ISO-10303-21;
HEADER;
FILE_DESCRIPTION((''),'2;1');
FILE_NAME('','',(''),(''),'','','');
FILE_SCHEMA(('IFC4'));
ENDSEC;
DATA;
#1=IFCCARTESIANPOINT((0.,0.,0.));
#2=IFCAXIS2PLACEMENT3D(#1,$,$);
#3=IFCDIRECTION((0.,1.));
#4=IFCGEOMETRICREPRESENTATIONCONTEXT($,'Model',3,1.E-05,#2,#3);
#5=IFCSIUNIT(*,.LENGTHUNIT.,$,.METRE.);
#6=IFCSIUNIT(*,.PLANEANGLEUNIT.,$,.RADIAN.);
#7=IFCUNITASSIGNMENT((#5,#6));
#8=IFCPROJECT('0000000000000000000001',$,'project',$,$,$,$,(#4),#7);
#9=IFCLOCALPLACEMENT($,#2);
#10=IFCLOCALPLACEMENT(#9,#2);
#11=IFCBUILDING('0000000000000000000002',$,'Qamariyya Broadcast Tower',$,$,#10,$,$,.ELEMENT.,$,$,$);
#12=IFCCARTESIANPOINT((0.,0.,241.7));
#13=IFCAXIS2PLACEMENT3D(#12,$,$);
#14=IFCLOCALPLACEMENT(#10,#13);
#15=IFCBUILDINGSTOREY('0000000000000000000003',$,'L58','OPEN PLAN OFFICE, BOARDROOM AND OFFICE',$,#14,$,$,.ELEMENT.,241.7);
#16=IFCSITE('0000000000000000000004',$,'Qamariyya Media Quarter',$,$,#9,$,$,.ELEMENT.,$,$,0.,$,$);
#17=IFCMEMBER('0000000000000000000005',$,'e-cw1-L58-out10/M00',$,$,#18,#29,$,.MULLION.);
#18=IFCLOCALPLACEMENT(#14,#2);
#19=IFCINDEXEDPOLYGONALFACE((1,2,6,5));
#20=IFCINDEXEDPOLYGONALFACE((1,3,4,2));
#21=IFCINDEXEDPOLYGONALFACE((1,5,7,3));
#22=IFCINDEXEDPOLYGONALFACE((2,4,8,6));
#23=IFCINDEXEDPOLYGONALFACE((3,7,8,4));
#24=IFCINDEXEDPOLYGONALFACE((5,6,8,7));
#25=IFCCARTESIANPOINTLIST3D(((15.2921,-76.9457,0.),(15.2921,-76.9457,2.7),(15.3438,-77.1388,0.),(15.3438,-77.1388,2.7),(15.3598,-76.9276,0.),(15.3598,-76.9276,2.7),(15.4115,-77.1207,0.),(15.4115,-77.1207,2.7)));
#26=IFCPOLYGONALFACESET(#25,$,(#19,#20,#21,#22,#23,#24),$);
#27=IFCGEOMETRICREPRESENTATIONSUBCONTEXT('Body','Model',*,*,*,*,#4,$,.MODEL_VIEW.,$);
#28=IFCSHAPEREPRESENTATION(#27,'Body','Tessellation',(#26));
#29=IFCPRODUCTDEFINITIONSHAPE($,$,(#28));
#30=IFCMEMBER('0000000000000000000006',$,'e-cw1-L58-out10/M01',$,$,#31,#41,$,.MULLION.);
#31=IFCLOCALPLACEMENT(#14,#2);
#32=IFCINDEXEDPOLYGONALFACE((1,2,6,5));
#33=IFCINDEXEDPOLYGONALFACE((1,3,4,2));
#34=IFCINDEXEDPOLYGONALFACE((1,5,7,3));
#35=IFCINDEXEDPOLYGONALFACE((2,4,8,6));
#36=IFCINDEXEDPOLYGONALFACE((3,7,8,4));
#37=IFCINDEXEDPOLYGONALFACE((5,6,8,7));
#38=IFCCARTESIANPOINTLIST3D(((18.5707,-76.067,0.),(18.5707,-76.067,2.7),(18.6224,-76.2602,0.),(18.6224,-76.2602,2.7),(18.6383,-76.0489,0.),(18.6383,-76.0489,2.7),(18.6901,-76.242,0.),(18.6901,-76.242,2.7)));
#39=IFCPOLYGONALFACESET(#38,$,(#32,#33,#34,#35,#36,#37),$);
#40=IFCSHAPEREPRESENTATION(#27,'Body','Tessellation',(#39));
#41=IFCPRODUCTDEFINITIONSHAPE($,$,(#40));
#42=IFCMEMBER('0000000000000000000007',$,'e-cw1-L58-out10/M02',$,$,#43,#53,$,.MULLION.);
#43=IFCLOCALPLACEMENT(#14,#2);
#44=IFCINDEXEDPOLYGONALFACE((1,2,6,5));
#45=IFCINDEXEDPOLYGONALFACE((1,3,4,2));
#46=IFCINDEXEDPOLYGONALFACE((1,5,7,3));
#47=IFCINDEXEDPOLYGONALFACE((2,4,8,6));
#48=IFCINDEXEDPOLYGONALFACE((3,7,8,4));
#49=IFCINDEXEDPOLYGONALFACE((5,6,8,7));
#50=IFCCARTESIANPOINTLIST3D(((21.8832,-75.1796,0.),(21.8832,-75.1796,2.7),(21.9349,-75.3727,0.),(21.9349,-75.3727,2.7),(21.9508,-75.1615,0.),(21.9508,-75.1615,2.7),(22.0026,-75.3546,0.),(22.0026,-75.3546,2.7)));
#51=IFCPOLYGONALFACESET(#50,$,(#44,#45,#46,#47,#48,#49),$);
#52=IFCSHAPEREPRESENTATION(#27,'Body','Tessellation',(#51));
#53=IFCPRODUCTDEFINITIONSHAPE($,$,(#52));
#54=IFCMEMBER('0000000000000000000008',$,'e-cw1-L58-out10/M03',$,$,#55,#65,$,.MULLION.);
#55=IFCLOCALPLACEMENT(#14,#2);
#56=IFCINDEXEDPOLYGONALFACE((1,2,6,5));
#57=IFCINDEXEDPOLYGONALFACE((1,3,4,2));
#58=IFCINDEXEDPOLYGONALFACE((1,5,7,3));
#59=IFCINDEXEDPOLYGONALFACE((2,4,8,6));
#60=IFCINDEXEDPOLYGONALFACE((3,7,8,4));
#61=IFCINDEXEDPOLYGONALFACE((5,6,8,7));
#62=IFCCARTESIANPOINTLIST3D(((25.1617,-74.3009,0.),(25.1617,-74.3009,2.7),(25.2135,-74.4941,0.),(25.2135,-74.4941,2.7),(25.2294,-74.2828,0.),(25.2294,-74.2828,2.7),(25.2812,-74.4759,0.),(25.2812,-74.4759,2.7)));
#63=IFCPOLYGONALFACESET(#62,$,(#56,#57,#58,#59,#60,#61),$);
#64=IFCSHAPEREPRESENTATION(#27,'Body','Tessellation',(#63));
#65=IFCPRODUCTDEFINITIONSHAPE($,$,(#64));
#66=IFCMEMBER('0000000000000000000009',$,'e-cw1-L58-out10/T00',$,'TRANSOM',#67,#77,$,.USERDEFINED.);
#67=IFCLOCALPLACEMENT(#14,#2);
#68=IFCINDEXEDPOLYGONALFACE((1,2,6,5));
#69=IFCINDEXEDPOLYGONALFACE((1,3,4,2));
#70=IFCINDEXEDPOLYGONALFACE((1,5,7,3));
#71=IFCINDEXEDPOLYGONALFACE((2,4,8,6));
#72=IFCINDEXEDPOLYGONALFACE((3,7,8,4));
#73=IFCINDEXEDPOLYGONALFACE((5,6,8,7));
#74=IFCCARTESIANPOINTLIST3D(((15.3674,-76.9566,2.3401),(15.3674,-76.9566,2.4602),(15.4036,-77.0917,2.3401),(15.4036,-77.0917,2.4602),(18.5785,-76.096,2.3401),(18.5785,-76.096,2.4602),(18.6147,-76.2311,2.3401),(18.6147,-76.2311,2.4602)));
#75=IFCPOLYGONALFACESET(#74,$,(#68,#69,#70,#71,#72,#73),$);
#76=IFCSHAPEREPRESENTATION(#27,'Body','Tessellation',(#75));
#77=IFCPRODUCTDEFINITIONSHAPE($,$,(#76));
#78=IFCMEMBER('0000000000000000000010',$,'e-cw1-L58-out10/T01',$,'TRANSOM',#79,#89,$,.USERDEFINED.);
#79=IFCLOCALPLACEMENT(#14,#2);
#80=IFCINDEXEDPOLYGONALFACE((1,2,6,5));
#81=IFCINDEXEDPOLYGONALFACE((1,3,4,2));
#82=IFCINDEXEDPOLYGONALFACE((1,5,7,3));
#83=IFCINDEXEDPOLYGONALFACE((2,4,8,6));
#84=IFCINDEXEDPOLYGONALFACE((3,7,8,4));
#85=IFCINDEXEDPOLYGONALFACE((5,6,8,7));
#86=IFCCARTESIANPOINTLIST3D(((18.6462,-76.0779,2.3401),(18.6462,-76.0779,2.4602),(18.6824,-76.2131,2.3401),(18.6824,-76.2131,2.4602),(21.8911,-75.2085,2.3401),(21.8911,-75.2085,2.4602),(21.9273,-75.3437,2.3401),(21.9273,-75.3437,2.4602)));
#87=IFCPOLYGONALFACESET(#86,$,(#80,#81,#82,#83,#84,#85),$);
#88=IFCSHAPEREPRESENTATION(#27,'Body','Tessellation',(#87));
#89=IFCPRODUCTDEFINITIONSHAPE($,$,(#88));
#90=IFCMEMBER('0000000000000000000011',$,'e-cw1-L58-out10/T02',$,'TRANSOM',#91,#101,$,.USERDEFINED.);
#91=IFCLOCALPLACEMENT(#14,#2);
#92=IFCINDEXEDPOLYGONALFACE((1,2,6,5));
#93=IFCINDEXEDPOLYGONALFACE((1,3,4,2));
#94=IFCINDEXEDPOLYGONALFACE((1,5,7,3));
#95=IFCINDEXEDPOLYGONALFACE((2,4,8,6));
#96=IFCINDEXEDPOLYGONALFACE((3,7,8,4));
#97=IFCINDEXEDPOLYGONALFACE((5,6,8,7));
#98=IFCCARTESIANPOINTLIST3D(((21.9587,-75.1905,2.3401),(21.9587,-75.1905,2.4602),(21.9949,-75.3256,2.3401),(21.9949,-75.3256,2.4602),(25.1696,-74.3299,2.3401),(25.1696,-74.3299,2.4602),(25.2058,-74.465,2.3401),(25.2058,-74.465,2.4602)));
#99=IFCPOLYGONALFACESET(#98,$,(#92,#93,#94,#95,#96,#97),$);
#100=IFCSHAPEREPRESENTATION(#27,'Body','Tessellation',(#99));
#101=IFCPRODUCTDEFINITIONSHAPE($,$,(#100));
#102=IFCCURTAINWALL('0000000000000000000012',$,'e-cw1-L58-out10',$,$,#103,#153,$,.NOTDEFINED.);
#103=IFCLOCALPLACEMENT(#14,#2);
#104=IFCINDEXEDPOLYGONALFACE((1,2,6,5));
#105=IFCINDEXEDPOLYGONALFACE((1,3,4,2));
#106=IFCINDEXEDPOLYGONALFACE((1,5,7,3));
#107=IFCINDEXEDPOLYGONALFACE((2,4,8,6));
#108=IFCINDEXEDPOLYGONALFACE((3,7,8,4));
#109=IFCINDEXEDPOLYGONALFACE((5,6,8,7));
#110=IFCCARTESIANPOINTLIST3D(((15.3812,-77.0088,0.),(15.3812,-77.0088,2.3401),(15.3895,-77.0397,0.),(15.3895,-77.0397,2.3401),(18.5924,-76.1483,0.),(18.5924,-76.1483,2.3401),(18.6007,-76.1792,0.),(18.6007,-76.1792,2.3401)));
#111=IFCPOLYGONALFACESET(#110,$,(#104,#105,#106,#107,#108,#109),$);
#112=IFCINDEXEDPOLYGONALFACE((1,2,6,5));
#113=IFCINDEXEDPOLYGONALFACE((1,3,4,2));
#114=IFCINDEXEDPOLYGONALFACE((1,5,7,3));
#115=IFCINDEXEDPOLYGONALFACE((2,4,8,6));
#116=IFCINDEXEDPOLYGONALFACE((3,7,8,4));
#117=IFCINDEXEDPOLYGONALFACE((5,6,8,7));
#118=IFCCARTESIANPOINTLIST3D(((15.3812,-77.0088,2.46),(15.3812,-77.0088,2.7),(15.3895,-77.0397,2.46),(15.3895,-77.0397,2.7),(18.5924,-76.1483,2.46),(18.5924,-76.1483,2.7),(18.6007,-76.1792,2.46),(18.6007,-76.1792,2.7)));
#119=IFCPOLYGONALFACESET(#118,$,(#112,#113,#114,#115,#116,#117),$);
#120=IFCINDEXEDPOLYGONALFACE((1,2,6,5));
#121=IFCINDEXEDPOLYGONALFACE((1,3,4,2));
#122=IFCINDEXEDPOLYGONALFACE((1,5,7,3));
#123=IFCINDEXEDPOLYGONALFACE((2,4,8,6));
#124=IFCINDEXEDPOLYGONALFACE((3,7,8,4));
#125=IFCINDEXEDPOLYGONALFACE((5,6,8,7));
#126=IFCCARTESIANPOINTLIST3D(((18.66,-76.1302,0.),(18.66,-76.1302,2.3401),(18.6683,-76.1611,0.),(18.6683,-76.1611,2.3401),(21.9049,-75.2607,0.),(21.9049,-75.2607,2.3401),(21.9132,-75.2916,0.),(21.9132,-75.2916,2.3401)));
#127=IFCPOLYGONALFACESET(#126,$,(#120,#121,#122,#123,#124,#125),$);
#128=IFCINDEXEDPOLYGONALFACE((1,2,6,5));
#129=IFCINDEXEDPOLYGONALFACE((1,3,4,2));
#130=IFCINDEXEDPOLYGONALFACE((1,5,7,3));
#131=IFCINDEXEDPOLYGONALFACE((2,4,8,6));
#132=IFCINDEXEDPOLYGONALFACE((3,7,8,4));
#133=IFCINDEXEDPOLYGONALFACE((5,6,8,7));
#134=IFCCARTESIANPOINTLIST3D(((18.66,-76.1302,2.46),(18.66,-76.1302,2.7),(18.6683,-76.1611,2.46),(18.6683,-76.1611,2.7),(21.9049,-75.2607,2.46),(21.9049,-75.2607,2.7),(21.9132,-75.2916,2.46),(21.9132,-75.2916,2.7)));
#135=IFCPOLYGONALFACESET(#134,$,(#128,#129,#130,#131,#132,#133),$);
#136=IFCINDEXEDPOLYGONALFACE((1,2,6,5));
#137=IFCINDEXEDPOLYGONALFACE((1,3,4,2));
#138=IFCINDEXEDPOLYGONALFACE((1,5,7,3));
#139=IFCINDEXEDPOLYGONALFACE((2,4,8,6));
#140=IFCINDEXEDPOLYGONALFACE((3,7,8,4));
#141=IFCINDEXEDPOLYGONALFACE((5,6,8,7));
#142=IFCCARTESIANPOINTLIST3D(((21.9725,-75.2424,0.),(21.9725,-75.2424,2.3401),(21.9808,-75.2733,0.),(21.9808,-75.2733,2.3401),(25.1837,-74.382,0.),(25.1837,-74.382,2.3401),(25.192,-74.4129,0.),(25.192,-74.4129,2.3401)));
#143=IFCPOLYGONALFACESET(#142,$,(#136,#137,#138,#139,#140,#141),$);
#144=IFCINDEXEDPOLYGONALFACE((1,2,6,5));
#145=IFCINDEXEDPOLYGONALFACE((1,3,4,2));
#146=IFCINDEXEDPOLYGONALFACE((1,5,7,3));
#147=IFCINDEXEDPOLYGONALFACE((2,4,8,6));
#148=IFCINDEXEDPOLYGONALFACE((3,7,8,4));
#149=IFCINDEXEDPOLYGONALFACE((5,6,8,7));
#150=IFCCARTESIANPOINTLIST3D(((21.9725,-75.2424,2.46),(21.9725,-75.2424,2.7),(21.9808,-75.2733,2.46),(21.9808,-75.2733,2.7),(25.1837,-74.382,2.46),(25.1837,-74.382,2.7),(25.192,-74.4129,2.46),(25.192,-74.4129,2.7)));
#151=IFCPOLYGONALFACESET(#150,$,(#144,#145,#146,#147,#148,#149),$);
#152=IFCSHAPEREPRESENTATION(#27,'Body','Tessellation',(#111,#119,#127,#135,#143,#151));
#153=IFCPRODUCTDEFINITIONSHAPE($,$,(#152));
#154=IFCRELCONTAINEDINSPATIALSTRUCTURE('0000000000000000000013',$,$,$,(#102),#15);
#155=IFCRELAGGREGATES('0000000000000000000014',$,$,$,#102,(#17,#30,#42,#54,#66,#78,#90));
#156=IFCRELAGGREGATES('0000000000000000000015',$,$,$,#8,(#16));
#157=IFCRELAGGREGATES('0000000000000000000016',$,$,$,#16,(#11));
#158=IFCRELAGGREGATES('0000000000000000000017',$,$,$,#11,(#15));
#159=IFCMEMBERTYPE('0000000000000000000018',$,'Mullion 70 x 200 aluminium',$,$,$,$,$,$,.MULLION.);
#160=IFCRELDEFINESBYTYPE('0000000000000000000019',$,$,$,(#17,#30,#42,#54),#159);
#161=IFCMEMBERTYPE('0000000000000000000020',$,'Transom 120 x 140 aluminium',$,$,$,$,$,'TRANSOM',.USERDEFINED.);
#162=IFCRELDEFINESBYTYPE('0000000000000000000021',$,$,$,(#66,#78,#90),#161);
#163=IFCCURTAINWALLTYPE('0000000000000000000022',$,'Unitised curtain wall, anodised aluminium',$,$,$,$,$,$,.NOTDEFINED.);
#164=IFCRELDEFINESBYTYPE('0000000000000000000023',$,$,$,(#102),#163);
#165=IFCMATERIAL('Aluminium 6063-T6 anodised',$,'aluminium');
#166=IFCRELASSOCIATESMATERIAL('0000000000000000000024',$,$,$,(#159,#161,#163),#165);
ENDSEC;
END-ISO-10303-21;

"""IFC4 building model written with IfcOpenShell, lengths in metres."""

from ifc_helpers import new_model, si_unit, direction, frame, origin, origin_2d, place, context, subcontext, project, spatial, rectangle, extrude, material, material_profile, profile_set, type_object, element, aggregate, save


model = new_model("IFC4")

# Units and contexts
model_context = context("Model", 3, precision=1e-05, world=origin(), true_north=direction((0.0, 1.0)))
body_context = subcontext(model_context, "Body", "Model", "MODEL_VIEW")
ifc_project = project(units=[si_unit("LENGTHUNIT", "METRE"), si_unit("PLANEANGLEUNIT", "RADIAN")], contexts=[model_context])

# Members
ifc_material = material(Name="Aluminium 6063-T6 anodised", Category="aluminium")
ifc_material_profile_1 = material_profile(ifc_material, rectangle(XDim=0.2, YDim=0.0701, at=origin_2d()))
ifc_profile_set_1 = profile_set([ifc_material_profile_1], Name="Aluminium 6063-T6 anodised")
member_type_1 = type_object("IfcMemberType", Name="Mullion 70 x 200 aluminium", PredefinedType="MULLION", material=ifc_profile_set_1)
site_placement = place(None, origin())
building_placement = place(site_placement, origin())
storey_placement = place(building_placement, frame((0.0, 0.0, 241.7)))
member_1_placement = place(storey_placement, frame((15.3518, -77.0332, 0.0), z_axis=(0.0, 0.0, 1.0), x_axis=(-0.258819, 0.965926, 0.0)))
member_1 = element("IfcMember", 1, at=member_1_placement, type_object=member_type_1, Name="e-cw1-L58-out10/M00", PredefinedType="MULLION", context=body_context, shape_type="SweptSolid", body=[
    extrude(rectangle(XDim=0.2, YDim=0.0701, at=origin_2d()), origin(), (0.0, 0.0, 1.0), 2.7),
])
member_2_placement = place(storey_placement, frame((18.6304, -76.1545, 0.0), z_axis=(0.0, 0.0, 1.0), x_axis=(-0.258819, 0.965926, 0.0)))
member_2 = element("IfcMember", 2, at=member_2_placement, type_object=member_type_1, Name="e-cw1-L58-out10/M01", PredefinedType="MULLION", context=body_context, shape_type="SweptSolid", body=[
    extrude(rectangle(XDim=0.2, YDim=0.0701, at=origin_2d()), origin(), (0.0, 0.0, 1.0), 2.7),
])
member_3_placement = place(storey_placement, frame((21.9429, -75.2671, 0.0), z_axis=(0.0, 0.0, 1.0), x_axis=(-0.258819, 0.965926, 0.0)))
member_3 = element("IfcMember", 3, at=member_3_placement, type_object=member_type_1, Name="e-cw1-L58-out10/M02", PredefinedType="MULLION", context=body_context, shape_type="SweptSolid", body=[
    extrude(rectangle(XDim=0.2, YDim=0.0701, at=origin_2d()), origin(), (0.0, 0.0, 1.0), 2.7),
])
member_4_placement = place(storey_placement, frame((25.2214, -74.3884, 0.0), z_axis=(0.0, 0.0, 1.0), x_axis=(-0.258819, 0.965926, 0.0)))
member_4 = element("IfcMember", 4, at=member_4_placement, type_object=member_type_1, Name="e-cw1-L58-out10/M03", PredefinedType="MULLION", context=body_context, shape_type="SweptSolid", body=[
    extrude(rectangle(XDim=0.2, YDim=0.0701, at=origin_2d()), origin(), (0.0, 0.0, 1.0), 2.7),
])
ifc_material_profile_2 = material_profile(ifc_material, rectangle(XDim=0.1399, YDim=0.1201, at=origin_2d()))
ifc_profile_set_2 = profile_set([ifc_material_profile_2], Name="Aluminium 6063-T6 anodised")
member_type_2 = type_object("IfcMemberType", Name="Transom 120 x 140 aluminium", ElementType="TRANSOM", PredefinedType="USERDEFINED", material=ifc_profile_set_2)
member_5_placement = place(storey_placement, frame((15.3855, -77.0242, 2.4001), z_axis=(0.965914, 0.258865, 0.0), x_axis=(-0.258865, 0.965914, 0.0)))
member_5 = element("IfcMember", 5, at=member_5_placement, type_object=member_type_2, Name="e-cw1-L58-out10/T00", ObjectType="TRANSOM", PredefinedType="USERDEFINED", context=body_context, shape_type="SweptSolid", body=[
    extrude(rectangle(XDim=0.1399, YDim=0.1201, at=origin_2d()), origin(), (0.0, 0.0, 1.0), 3.3245),
])
member_6_placement = place(storey_placement, frame((18.6643, -76.1455, 2.4001), z_axis=(0.965932, 0.258798, 0.0), x_axis=(-0.258798, 0.965932, 0.0)))
member_6 = element("IfcMember", 6, at=member_6_placement, type_object=member_type_2, Name="e-cw1-L58-out10/T01", ObjectType="TRANSOM", PredefinedType="USERDEFINED", context=body_context, shape_type="SweptSolid", body=[
    extrude(rectangle(XDim=0.1399, YDim=0.1201, at=origin_2d()), origin(), (0.0, 0.0, 1.0), 3.3594),
])
member_7_placement = place(storey_placement, frame((21.9768, -75.2581, 2.4001), z_axis=(0.965909, 0.258883, 0.0), x_axis=(-0.258883, 0.965909, 0.0)))
member_7 = element("IfcMember", 7, at=member_7_placement, type_object=member_type_2, Name="e-cw1-L58-out10/T02", ObjectType="TRANSOM", PredefinedType="USERDEFINED", context=body_context, shape_type="SweptSolid", body=[
    extrude(rectangle(XDim=0.1399, YDim=0.1201, at=origin_2d()), origin(), (0.0, 0.0, 1.0), 3.3242),
])

# Site, building, storey
site = spatial("IfcSite", under=ifc_project, at=site_placement, Name="Qamariyya Media Quarter", CompositionType="ELEMENT", RefElevation=0.0)
building = spatial("IfcBuilding", under=site, at=building_placement, Name="Qamariyya Broadcast Tower", CompositionType="ELEMENT")
storey = spatial("IfcBuildingStorey", under=building, at=storey_placement, Name="L58", Description="OPEN PLAN OFFICE, BOARDROOM AND OFFICE", CompositionType="ELEMENT", Elevation=241.7)

# Curtain wall
curtain_wall_type = type_object("IfcCurtainWallType", Name="Unitised curtain wall, anodised aluminium", PredefinedType="NOTDEFINED", material=ifc_material)
curtain_wall_1_placement = place(storey_placement, origin())
curtain_wall_1 = element("IfcCurtainWall", 8, at=curtain_wall_1_placement, inside=storey, type_object=curtain_wall_type, Name="e-cw1-L58-out10", PredefinedType="NOTDEFINED", context=body_context, shape_type="SweptSolid", body=[
    extrude(rectangle(XDim=3.3245, YDim=0.032, at=origin_2d()), frame((16.991, -76.594, 0.0), x_axis=(0.965923, 0.258828, 0.0)), (0.0, 0.0, 1.0), 2.3401),
    extrude(rectangle(XDim=3.3245, YDim=0.032, at=origin_2d()), frame((16.991, -76.594, 2.46), x_axis=(0.965923, 0.258828, 0.0)), (0.0, 0.0, 1.0), 0.24),
    extrude(rectangle(XDim=3.3594, YDim=0.032, at=origin_2d()), frame((20.2866, -75.7109, 0.0), x_axis=(0.965923, 0.258828, 0.0)), (0.0, 0.0, 1.0), 2.3401),
    extrude(rectangle(XDim=3.3594, YDim=0.032, at=origin_2d()), frame((20.2866, -75.7109, 2.46), x_axis=(0.965923, 0.258828, 0.0)), (0.0, 0.0, 1.0), 0.24),
    extrude(rectangle(XDim=3.3245, YDim=0.032, at=origin_2d()), frame((23.5823, -74.8276, 0.0), x_axis=(0.965923, 0.258828, 0.0)), (0.0, 0.0, 1.0), 2.3401),
    extrude(rectangle(XDim=3.3245, YDim=0.032, at=origin_2d()), frame((23.5823, -74.8276, 2.46), x_axis=(0.965923, 0.258828, 0.0)), (0.0, 0.0, 1.0), 0.24),
])
aggregate(curtain_wall_1, [member_1, member_2, member_3, member_4, member_5, member_6, member_7])

save(model, "model.ifc")
